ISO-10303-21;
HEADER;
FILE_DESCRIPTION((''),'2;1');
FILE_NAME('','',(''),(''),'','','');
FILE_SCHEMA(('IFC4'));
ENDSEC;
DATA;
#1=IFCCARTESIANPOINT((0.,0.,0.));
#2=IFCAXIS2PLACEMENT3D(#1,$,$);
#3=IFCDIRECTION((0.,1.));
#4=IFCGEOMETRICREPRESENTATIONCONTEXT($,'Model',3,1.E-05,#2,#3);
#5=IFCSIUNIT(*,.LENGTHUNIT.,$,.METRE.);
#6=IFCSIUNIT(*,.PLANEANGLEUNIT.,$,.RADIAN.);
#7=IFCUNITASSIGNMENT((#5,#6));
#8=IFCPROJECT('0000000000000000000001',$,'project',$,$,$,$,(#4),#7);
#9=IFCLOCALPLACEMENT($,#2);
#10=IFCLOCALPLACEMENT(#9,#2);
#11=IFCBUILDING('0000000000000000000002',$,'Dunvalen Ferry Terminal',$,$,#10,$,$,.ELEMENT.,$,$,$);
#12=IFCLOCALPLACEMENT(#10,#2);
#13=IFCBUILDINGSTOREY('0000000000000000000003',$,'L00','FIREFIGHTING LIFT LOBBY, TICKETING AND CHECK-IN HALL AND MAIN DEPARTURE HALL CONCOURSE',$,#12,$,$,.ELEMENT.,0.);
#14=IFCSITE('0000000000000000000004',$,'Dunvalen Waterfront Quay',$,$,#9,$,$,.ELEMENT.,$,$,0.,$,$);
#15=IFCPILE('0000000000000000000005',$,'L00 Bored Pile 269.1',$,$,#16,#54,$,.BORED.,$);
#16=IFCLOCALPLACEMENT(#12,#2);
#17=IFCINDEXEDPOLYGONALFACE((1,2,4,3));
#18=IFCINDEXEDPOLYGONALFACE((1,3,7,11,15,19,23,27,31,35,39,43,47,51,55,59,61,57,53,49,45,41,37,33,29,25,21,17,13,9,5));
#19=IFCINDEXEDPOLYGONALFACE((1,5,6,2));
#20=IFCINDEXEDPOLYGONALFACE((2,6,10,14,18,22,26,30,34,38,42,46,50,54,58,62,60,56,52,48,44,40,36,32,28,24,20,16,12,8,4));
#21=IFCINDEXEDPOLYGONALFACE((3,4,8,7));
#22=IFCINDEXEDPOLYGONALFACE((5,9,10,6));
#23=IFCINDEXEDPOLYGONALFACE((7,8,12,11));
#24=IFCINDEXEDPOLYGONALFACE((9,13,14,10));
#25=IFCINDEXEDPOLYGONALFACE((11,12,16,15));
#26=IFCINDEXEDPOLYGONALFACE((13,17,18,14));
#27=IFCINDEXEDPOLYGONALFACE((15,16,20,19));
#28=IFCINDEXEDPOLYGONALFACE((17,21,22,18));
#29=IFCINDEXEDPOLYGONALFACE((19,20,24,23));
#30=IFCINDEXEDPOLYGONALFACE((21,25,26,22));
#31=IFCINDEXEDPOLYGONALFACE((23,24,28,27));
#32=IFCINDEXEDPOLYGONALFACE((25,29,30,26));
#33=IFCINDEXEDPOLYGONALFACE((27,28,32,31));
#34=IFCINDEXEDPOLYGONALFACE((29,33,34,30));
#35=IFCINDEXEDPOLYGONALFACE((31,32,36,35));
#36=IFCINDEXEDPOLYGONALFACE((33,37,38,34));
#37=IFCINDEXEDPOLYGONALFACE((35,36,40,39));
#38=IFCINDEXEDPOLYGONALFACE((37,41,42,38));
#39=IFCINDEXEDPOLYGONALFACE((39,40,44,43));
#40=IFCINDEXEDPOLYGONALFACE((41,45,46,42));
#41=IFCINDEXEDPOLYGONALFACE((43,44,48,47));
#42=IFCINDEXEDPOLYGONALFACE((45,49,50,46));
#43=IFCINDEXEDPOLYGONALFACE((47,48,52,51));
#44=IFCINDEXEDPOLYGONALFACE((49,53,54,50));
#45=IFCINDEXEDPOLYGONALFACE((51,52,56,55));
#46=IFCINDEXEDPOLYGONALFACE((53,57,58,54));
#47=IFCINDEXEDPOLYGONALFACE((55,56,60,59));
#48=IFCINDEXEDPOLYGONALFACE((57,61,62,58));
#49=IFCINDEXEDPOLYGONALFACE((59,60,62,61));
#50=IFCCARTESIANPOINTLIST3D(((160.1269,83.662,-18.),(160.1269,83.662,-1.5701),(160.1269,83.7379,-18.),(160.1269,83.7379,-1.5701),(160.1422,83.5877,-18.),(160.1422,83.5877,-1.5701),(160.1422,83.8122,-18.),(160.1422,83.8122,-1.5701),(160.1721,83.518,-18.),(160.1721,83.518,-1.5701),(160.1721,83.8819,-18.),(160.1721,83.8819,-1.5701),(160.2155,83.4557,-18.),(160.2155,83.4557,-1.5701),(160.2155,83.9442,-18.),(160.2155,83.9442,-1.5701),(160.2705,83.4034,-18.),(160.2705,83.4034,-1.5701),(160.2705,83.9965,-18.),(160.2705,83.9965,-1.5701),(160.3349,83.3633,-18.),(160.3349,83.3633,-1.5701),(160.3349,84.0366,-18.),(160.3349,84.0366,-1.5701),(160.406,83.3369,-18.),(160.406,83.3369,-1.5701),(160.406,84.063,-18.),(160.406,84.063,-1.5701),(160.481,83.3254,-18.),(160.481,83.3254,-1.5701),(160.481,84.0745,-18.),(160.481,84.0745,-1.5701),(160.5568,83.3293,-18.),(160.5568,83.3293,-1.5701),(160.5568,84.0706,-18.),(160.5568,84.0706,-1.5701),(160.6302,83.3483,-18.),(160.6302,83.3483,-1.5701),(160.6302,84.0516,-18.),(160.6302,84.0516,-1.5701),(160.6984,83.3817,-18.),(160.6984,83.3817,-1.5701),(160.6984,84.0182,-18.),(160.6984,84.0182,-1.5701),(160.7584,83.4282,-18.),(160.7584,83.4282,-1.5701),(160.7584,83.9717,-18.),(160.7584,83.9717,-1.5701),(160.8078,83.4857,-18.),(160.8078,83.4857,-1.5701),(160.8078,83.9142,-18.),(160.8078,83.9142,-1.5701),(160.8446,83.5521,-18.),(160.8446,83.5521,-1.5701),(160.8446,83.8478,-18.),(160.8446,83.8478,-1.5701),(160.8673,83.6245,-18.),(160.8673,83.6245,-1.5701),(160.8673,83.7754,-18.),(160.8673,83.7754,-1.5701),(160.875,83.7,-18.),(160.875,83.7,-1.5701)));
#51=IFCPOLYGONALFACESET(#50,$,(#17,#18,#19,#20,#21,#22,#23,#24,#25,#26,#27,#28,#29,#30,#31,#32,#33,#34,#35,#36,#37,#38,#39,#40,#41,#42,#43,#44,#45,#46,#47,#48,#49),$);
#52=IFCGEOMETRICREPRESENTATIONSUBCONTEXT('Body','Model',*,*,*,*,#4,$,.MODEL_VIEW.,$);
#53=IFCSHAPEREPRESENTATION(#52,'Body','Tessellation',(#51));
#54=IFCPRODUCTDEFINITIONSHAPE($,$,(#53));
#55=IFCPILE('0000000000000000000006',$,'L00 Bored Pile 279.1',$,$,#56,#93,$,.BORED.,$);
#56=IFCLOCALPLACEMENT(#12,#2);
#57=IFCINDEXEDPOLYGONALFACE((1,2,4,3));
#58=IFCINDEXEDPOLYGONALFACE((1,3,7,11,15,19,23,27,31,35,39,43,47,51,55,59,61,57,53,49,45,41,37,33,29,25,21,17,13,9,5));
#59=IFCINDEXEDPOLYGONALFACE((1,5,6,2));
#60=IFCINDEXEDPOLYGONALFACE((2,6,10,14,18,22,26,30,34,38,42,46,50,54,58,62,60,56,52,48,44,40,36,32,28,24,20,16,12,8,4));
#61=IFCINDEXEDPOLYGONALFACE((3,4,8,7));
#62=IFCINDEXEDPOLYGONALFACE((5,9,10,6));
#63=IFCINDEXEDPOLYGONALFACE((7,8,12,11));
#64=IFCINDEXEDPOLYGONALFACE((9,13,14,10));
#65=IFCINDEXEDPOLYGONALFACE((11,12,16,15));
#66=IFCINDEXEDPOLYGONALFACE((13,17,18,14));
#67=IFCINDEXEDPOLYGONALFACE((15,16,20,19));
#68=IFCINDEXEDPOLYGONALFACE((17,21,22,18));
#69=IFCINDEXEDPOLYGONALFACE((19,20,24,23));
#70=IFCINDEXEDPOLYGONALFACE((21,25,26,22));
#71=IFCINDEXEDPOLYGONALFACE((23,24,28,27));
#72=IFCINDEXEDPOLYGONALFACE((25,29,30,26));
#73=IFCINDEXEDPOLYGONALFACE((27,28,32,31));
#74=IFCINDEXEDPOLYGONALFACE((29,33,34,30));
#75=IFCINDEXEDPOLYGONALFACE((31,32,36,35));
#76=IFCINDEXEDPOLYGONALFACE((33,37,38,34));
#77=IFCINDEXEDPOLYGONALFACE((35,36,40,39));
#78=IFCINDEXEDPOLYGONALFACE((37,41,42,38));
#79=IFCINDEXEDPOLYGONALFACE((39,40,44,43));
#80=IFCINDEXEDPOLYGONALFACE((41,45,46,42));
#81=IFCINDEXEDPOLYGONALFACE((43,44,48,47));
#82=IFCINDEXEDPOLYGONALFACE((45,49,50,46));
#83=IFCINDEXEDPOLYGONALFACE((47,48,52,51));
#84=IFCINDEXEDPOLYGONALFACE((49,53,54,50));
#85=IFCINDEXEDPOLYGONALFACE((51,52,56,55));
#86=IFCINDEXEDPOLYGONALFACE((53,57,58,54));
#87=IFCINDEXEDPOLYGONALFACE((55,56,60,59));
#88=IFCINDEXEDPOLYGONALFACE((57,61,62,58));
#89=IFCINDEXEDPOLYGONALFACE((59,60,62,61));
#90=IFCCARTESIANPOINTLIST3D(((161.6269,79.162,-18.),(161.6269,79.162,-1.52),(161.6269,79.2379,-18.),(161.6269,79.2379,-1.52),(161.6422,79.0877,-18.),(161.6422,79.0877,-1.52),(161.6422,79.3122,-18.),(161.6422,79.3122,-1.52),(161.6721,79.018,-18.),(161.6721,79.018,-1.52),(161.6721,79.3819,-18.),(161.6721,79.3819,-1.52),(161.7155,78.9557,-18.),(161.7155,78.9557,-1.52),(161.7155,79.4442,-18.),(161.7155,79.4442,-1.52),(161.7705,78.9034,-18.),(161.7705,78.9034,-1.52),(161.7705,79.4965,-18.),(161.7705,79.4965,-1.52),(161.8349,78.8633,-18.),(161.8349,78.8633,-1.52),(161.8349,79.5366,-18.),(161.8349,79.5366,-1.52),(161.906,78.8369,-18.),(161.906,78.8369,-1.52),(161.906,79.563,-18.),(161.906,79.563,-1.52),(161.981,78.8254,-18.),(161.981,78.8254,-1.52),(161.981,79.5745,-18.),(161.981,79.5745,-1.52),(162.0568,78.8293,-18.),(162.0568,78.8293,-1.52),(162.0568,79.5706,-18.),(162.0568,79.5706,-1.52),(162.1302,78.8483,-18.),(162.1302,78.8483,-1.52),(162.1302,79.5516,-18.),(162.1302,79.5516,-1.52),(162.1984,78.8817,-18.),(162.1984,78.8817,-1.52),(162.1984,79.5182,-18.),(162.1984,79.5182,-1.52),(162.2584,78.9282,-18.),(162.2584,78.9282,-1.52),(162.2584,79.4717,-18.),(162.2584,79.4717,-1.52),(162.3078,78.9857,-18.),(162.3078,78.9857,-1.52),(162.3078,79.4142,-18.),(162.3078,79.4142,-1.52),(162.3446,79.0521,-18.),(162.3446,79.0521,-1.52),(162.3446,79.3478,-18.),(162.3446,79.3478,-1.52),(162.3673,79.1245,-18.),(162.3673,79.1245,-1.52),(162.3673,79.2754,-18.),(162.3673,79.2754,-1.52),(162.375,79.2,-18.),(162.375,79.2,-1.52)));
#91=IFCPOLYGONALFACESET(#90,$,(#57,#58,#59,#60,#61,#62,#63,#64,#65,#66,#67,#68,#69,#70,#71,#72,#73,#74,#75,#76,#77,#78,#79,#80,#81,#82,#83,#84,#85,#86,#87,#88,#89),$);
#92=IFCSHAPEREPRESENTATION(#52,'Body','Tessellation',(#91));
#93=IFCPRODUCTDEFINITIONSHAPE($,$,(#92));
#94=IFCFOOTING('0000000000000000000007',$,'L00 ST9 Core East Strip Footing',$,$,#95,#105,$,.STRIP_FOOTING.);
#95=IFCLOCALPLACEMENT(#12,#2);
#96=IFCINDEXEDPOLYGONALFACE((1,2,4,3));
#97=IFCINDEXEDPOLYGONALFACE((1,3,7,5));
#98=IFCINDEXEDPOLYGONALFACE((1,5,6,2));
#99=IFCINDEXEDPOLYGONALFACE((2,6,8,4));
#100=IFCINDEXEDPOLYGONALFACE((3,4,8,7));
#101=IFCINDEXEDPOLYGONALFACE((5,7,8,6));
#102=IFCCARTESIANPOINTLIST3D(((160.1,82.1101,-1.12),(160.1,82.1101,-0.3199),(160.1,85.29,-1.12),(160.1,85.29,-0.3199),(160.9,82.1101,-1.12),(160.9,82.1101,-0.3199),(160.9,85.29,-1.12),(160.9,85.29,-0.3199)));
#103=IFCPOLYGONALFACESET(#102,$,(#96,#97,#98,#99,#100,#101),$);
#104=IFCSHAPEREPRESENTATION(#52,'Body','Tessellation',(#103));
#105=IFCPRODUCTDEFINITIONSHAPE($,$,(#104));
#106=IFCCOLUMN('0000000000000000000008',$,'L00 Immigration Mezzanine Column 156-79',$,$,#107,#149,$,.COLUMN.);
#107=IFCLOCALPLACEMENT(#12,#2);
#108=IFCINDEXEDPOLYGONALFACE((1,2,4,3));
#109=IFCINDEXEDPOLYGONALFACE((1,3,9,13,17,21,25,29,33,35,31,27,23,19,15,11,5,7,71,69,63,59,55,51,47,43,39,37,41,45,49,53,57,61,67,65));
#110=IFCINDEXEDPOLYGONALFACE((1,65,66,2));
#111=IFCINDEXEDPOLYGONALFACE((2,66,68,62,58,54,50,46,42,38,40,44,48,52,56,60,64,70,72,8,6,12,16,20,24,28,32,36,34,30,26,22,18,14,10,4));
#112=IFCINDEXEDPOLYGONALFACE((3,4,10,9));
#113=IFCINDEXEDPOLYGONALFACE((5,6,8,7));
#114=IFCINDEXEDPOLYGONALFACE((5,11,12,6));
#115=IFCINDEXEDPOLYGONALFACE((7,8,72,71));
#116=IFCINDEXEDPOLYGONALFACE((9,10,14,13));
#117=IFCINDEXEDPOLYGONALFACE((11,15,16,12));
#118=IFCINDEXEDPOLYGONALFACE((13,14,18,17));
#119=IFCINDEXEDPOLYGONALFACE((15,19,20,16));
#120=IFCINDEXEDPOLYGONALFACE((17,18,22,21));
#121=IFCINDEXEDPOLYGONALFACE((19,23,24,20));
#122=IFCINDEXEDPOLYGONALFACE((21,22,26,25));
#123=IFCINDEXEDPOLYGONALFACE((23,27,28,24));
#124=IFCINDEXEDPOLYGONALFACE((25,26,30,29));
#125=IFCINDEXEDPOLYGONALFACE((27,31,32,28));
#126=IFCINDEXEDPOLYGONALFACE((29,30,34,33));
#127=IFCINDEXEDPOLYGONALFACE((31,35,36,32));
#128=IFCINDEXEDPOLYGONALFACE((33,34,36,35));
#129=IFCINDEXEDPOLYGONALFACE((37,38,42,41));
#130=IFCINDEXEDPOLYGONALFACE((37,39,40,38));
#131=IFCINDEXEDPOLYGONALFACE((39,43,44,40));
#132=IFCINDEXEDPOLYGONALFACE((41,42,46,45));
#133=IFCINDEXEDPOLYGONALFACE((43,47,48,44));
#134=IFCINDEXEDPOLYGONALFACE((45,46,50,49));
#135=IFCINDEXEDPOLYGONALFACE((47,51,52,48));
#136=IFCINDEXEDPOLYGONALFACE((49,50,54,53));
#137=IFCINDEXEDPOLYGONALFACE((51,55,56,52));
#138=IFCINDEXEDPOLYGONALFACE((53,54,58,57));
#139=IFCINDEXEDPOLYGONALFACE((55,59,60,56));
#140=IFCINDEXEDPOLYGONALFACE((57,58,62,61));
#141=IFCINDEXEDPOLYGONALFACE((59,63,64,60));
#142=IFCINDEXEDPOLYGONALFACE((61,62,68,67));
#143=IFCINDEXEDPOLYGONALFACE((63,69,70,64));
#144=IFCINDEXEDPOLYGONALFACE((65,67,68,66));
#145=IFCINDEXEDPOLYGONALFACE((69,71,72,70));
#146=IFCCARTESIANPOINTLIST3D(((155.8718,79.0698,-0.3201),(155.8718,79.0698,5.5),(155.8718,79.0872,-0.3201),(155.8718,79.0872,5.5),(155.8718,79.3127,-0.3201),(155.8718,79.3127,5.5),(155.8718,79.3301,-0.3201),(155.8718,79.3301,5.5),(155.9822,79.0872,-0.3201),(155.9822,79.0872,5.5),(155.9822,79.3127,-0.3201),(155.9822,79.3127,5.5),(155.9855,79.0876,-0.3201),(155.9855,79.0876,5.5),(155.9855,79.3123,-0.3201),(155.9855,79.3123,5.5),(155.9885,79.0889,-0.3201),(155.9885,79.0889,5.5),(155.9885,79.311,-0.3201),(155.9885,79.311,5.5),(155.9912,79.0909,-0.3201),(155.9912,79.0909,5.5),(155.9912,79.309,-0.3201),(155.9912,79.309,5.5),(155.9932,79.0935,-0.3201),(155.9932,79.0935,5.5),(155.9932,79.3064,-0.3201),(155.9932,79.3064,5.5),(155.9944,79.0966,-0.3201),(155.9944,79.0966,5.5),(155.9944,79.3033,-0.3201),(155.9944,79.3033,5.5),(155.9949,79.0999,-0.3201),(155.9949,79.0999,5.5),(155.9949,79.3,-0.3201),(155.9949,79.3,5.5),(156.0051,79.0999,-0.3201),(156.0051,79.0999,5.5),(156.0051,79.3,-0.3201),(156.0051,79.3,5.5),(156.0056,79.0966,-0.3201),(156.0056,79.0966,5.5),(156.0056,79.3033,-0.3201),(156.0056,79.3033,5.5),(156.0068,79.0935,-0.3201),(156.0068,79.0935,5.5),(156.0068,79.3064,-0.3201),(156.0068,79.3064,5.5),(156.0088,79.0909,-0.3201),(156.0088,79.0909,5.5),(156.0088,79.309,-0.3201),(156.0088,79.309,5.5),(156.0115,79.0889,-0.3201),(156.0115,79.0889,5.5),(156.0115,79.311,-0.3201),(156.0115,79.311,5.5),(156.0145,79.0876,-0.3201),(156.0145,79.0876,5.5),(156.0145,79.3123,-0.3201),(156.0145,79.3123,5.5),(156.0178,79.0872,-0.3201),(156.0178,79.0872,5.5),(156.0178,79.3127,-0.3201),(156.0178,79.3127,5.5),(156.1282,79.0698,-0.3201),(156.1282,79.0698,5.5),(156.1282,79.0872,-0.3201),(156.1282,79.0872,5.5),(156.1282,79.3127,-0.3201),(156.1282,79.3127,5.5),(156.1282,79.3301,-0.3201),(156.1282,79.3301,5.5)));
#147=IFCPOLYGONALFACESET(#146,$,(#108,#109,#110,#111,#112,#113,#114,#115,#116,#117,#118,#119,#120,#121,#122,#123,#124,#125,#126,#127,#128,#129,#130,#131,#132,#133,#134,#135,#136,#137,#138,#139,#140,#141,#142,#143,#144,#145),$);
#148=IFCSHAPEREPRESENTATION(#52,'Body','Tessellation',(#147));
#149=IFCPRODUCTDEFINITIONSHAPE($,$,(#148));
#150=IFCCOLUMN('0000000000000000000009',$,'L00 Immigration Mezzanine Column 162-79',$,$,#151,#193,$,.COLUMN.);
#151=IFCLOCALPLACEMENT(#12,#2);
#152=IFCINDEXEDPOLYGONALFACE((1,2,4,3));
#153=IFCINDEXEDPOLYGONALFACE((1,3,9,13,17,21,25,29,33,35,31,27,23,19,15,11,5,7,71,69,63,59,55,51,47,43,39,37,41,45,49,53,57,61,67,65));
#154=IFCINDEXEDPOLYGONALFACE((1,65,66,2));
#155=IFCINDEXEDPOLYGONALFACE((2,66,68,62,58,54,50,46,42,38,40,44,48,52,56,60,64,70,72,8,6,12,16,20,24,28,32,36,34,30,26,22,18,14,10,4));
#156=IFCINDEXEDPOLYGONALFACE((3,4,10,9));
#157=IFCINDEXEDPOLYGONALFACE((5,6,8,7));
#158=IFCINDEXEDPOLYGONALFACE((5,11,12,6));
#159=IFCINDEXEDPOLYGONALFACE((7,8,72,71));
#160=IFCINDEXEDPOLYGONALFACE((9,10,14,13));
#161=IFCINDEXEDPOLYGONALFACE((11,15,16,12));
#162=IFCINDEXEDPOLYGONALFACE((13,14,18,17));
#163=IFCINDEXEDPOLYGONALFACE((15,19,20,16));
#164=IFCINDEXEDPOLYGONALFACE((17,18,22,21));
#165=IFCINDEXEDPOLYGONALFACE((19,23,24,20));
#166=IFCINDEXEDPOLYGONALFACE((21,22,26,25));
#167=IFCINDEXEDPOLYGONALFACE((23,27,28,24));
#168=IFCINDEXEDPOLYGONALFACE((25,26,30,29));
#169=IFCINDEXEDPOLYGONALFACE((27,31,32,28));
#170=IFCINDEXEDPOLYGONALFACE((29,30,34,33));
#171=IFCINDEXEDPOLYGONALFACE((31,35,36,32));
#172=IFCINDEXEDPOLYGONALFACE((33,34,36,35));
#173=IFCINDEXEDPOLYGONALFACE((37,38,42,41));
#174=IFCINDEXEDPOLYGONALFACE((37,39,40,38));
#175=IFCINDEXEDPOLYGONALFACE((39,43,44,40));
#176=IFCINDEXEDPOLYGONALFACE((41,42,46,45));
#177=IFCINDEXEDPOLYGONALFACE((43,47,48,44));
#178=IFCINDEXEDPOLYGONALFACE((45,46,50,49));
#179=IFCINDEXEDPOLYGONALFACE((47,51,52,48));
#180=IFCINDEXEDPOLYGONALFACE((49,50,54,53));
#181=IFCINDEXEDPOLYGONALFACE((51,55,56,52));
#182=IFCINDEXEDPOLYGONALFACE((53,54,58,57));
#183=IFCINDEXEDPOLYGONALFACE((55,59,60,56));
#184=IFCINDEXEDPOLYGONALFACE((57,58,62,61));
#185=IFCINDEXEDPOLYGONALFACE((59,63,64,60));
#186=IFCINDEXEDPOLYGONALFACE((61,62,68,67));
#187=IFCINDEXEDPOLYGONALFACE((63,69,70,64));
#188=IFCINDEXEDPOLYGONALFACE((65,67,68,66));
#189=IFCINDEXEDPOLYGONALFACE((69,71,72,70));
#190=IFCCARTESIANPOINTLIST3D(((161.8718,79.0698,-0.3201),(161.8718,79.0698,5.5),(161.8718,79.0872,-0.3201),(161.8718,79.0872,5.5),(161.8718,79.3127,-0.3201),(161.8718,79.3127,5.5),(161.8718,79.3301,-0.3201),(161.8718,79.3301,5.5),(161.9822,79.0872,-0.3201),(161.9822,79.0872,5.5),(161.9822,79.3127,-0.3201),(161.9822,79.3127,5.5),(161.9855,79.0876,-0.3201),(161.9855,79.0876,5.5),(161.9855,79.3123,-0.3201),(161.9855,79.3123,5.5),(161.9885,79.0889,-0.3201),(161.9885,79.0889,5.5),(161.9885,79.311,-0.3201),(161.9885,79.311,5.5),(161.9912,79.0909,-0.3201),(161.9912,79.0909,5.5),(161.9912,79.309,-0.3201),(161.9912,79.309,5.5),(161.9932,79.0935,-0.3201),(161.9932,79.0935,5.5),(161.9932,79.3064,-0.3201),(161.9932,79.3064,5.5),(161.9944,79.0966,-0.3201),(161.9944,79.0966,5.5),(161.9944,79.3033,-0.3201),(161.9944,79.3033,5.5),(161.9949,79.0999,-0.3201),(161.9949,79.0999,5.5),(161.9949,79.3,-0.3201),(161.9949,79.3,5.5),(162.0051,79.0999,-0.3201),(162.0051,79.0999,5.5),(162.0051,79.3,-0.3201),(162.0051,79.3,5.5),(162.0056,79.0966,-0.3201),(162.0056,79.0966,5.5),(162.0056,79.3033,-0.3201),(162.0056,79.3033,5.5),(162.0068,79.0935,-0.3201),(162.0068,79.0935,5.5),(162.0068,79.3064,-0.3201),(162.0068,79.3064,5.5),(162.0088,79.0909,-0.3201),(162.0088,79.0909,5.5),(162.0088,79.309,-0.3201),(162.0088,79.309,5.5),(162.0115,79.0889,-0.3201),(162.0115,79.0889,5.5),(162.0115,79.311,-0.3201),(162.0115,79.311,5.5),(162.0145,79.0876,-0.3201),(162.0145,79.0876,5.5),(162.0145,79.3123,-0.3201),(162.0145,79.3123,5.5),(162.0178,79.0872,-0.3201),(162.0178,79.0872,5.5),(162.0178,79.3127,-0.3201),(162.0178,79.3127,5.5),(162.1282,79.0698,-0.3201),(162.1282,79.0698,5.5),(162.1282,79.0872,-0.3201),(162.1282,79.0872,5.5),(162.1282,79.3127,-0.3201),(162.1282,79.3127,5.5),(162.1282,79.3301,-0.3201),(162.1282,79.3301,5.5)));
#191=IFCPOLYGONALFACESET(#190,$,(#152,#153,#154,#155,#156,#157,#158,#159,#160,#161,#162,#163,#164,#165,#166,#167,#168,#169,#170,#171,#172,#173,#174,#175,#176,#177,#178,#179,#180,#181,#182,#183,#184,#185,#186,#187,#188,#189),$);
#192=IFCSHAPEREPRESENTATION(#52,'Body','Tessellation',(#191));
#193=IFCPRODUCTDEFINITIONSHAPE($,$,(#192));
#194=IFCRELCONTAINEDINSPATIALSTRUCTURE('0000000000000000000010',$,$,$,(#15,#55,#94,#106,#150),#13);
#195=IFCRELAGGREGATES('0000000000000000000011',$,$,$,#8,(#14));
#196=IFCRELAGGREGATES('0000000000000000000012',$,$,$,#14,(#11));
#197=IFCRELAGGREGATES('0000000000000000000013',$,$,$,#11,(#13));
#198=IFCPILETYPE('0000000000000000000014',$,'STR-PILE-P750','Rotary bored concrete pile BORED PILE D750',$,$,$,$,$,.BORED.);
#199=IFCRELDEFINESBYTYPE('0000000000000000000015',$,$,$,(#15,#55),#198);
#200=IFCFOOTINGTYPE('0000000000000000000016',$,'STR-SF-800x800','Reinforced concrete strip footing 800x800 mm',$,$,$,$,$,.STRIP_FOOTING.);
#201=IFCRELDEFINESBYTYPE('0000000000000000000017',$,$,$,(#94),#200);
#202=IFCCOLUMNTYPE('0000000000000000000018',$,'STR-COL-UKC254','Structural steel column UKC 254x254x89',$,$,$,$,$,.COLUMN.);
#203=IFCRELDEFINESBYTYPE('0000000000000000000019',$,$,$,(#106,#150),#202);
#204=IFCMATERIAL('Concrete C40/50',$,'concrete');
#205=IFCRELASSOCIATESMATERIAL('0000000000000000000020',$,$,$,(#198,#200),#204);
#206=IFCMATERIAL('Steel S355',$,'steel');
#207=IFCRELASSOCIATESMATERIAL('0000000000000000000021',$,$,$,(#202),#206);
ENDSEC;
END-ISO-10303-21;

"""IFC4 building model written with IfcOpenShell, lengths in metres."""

from ifc_helpers import new_model, si_unit, direction, frame, origin, origin_2d, place, context, subcontext, project, spatial, rectangle, circle, i_section, extrude, material, material_profile, profile_set, type_object, element, save


model = new_model("IFC4")

# Units and contexts
model_context = context("Model", 3, precision=1e-05, world=origin(), true_north=direction((0.0, 1.0)))
body_context = subcontext(model_context, "Body", "Model", "MODEL_VIEW")
ifc_project = project(units=[si_unit("LENGTHUNIT", "METRE"), si_unit("PLANEANGLEUNIT", "RADIAN")], contexts=[model_context])

# Site, building, storey
site_placement = place(None, origin())
site = spatial("IfcSite", under=ifc_project, at=site_placement, Name="Dunvalen Waterfront Quay", CompositionType="ELEMENT", RefElevation=0.0)
building_placement = place(site_placement, origin())
building = spatial("IfcBuilding", under=site, at=building_placement, Name="Dunvalen Ferry Terminal", CompositionType="ELEMENT")
storey_placement = place(building_placement, origin())
storey = spatial("IfcBuildingStorey", under=building, at=storey_placement, Name="L00", Description="FIREFIGHTING LIFT LOBBY, TICKETING AND CHECK-IN HALL AND MAIN DEPARTURE HALL CONCOURSE", CompositionType="ELEMENT", Elevation=0.0)

# Shared definitions
ifc_material_1 = material(Name="Concrete C40/50", Category="concrete")

# Piles
ifc_material_profile_1 = material_profile(ifc_material_1, circle(Radius=0.375, at=origin_2d()), Name="Concrete C40/50")
ifc_profile_set_1 = profile_set([ifc_material_profile_1], Name="Concrete C40/50")
pile_type = type_object("IfcPileType", Name="STR-PILE-P750", Description="Rotary bored concrete pile BORED PILE D750", PredefinedType="BORED", material=ifc_profile_set_1)
pile_1_placement = place(storey_placement, frame((160.5, 83.7, -1.5701), z_axis=(0.0, 0.0, -1.0), x_axis=(1.0, 0.0, 0.0)))
element("IfcPile", 1, at=pile_1_placement, inside=storey, type_object=pile_type, Name="L00 Bored Pile 269.1", PredefinedType="BORED", context=body_context, shape_type="SweptSolid", body=[
    extrude(circle(Radius=0.375, at=origin_2d()), origin(), (0.0, 0.0, 1.0), 16.4299),
])
pile_2_placement = place(storey_placement, frame((162.0, 79.2, -1.52), z_axis=(0.0, 0.0, -1.0), x_axis=(1.0, 0.0, 0.0)))
element("IfcPile", 2, at=pile_2_placement, inside=storey, type_object=pile_type, Name="L00 Bored Pile 279.1", PredefinedType="BORED", context=body_context, shape_type="SweptSolid", body=[
    extrude(circle(Radius=0.375, at=origin_2d()), origin(), (0.0, 0.0, 1.0), 16.48),
])

# Footing
ifc_material_profile_2 = material_profile(ifc_material_1, rectangle(XDim=0.8, YDim=0.8, at=origin_2d()), Name="Concrete C40/50")
ifc_profile_set_2 = profile_set([ifc_material_profile_2], Name="Concrete C40/50")
footing_type_1 = type_object("IfcFootingType", Name="STR-SF-800x800", Description="Reinforced concrete strip footing 800x800 mm", PredefinedType="STRIP_FOOTING", material=ifc_profile_set_2)
footing_1_placement = place(storey_placement, frame((160.5, 82.1101, -0.72), z_axis=(0.0, 1.0, 0.0), x_axis=(-1.0, 0.0, 0.0)))
element("IfcFooting", 3, at=footing_1_placement, inside=storey, type_object=footing_type_1, Name="L00 ST9 Core East Strip Footing", PredefinedType="STRIP_FOOTING", context=body_context, shape_type="SweptSolid", body=[
    extrude(rectangle(XDim=0.8, YDim=0.8, at=origin_2d()), origin(), (0.0, 0.0, 1.0), 3.1799),
])

# Columns
ifc_material_2 = material(Name="Steel S355", Category="steel")
ifc_material_profile_3 = material_profile(ifc_material_2, i_section(OverallWidth=0.2563, OverallDepth=0.2603, WebThickness=0.0103, FlangeThickness=0.0173, FilletRadius=0.0127, at=origin_2d()), Name="Steel S355")
ifc_profile_set_3 = profile_set([ifc_material_profile_3], Name="Steel S355")
column_type = type_object("IfcColumnType", Name="STR-COL-UKC254", Description="Structural steel column UKC 254x254x89", PredefinedType="COLUMN", material=ifc_profile_set_3)
for number, where, z_axis, x_axis, name in (
    (4, (156.0, 79.2, -0.3201), (0.0, 0.0, 1.0), (1.0, 0.0, 0.0), "L00 Immigration Mezzanine Column 156-79"),
    (5, (162.0, 79.2, -0.3201), (0.0, 0.0, 1.0), (1.0, 0.0, 0.0), "L00 Immigration Mezzanine Column 162-79"),
):
    element("IfcColumn", number, at=place(storey_placement, frame(where, z_axis=z_axis, x_axis=x_axis)), inside=storey, type_object=column_type, Name=name, PredefinedType="COLUMN", context=body_context, shape_type="SweptSolid", body=[
        extrude(i_section(OverallWidth=0.2563, OverallDepth=0.2603, WebThickness=0.0103, FlangeThickness=0.0173, FilletRadius=0.0127, at=origin_2d()), origin(), (0.0, 0.0, 1.0), 5.8201),
    ])

save(model, "model.ifc")
